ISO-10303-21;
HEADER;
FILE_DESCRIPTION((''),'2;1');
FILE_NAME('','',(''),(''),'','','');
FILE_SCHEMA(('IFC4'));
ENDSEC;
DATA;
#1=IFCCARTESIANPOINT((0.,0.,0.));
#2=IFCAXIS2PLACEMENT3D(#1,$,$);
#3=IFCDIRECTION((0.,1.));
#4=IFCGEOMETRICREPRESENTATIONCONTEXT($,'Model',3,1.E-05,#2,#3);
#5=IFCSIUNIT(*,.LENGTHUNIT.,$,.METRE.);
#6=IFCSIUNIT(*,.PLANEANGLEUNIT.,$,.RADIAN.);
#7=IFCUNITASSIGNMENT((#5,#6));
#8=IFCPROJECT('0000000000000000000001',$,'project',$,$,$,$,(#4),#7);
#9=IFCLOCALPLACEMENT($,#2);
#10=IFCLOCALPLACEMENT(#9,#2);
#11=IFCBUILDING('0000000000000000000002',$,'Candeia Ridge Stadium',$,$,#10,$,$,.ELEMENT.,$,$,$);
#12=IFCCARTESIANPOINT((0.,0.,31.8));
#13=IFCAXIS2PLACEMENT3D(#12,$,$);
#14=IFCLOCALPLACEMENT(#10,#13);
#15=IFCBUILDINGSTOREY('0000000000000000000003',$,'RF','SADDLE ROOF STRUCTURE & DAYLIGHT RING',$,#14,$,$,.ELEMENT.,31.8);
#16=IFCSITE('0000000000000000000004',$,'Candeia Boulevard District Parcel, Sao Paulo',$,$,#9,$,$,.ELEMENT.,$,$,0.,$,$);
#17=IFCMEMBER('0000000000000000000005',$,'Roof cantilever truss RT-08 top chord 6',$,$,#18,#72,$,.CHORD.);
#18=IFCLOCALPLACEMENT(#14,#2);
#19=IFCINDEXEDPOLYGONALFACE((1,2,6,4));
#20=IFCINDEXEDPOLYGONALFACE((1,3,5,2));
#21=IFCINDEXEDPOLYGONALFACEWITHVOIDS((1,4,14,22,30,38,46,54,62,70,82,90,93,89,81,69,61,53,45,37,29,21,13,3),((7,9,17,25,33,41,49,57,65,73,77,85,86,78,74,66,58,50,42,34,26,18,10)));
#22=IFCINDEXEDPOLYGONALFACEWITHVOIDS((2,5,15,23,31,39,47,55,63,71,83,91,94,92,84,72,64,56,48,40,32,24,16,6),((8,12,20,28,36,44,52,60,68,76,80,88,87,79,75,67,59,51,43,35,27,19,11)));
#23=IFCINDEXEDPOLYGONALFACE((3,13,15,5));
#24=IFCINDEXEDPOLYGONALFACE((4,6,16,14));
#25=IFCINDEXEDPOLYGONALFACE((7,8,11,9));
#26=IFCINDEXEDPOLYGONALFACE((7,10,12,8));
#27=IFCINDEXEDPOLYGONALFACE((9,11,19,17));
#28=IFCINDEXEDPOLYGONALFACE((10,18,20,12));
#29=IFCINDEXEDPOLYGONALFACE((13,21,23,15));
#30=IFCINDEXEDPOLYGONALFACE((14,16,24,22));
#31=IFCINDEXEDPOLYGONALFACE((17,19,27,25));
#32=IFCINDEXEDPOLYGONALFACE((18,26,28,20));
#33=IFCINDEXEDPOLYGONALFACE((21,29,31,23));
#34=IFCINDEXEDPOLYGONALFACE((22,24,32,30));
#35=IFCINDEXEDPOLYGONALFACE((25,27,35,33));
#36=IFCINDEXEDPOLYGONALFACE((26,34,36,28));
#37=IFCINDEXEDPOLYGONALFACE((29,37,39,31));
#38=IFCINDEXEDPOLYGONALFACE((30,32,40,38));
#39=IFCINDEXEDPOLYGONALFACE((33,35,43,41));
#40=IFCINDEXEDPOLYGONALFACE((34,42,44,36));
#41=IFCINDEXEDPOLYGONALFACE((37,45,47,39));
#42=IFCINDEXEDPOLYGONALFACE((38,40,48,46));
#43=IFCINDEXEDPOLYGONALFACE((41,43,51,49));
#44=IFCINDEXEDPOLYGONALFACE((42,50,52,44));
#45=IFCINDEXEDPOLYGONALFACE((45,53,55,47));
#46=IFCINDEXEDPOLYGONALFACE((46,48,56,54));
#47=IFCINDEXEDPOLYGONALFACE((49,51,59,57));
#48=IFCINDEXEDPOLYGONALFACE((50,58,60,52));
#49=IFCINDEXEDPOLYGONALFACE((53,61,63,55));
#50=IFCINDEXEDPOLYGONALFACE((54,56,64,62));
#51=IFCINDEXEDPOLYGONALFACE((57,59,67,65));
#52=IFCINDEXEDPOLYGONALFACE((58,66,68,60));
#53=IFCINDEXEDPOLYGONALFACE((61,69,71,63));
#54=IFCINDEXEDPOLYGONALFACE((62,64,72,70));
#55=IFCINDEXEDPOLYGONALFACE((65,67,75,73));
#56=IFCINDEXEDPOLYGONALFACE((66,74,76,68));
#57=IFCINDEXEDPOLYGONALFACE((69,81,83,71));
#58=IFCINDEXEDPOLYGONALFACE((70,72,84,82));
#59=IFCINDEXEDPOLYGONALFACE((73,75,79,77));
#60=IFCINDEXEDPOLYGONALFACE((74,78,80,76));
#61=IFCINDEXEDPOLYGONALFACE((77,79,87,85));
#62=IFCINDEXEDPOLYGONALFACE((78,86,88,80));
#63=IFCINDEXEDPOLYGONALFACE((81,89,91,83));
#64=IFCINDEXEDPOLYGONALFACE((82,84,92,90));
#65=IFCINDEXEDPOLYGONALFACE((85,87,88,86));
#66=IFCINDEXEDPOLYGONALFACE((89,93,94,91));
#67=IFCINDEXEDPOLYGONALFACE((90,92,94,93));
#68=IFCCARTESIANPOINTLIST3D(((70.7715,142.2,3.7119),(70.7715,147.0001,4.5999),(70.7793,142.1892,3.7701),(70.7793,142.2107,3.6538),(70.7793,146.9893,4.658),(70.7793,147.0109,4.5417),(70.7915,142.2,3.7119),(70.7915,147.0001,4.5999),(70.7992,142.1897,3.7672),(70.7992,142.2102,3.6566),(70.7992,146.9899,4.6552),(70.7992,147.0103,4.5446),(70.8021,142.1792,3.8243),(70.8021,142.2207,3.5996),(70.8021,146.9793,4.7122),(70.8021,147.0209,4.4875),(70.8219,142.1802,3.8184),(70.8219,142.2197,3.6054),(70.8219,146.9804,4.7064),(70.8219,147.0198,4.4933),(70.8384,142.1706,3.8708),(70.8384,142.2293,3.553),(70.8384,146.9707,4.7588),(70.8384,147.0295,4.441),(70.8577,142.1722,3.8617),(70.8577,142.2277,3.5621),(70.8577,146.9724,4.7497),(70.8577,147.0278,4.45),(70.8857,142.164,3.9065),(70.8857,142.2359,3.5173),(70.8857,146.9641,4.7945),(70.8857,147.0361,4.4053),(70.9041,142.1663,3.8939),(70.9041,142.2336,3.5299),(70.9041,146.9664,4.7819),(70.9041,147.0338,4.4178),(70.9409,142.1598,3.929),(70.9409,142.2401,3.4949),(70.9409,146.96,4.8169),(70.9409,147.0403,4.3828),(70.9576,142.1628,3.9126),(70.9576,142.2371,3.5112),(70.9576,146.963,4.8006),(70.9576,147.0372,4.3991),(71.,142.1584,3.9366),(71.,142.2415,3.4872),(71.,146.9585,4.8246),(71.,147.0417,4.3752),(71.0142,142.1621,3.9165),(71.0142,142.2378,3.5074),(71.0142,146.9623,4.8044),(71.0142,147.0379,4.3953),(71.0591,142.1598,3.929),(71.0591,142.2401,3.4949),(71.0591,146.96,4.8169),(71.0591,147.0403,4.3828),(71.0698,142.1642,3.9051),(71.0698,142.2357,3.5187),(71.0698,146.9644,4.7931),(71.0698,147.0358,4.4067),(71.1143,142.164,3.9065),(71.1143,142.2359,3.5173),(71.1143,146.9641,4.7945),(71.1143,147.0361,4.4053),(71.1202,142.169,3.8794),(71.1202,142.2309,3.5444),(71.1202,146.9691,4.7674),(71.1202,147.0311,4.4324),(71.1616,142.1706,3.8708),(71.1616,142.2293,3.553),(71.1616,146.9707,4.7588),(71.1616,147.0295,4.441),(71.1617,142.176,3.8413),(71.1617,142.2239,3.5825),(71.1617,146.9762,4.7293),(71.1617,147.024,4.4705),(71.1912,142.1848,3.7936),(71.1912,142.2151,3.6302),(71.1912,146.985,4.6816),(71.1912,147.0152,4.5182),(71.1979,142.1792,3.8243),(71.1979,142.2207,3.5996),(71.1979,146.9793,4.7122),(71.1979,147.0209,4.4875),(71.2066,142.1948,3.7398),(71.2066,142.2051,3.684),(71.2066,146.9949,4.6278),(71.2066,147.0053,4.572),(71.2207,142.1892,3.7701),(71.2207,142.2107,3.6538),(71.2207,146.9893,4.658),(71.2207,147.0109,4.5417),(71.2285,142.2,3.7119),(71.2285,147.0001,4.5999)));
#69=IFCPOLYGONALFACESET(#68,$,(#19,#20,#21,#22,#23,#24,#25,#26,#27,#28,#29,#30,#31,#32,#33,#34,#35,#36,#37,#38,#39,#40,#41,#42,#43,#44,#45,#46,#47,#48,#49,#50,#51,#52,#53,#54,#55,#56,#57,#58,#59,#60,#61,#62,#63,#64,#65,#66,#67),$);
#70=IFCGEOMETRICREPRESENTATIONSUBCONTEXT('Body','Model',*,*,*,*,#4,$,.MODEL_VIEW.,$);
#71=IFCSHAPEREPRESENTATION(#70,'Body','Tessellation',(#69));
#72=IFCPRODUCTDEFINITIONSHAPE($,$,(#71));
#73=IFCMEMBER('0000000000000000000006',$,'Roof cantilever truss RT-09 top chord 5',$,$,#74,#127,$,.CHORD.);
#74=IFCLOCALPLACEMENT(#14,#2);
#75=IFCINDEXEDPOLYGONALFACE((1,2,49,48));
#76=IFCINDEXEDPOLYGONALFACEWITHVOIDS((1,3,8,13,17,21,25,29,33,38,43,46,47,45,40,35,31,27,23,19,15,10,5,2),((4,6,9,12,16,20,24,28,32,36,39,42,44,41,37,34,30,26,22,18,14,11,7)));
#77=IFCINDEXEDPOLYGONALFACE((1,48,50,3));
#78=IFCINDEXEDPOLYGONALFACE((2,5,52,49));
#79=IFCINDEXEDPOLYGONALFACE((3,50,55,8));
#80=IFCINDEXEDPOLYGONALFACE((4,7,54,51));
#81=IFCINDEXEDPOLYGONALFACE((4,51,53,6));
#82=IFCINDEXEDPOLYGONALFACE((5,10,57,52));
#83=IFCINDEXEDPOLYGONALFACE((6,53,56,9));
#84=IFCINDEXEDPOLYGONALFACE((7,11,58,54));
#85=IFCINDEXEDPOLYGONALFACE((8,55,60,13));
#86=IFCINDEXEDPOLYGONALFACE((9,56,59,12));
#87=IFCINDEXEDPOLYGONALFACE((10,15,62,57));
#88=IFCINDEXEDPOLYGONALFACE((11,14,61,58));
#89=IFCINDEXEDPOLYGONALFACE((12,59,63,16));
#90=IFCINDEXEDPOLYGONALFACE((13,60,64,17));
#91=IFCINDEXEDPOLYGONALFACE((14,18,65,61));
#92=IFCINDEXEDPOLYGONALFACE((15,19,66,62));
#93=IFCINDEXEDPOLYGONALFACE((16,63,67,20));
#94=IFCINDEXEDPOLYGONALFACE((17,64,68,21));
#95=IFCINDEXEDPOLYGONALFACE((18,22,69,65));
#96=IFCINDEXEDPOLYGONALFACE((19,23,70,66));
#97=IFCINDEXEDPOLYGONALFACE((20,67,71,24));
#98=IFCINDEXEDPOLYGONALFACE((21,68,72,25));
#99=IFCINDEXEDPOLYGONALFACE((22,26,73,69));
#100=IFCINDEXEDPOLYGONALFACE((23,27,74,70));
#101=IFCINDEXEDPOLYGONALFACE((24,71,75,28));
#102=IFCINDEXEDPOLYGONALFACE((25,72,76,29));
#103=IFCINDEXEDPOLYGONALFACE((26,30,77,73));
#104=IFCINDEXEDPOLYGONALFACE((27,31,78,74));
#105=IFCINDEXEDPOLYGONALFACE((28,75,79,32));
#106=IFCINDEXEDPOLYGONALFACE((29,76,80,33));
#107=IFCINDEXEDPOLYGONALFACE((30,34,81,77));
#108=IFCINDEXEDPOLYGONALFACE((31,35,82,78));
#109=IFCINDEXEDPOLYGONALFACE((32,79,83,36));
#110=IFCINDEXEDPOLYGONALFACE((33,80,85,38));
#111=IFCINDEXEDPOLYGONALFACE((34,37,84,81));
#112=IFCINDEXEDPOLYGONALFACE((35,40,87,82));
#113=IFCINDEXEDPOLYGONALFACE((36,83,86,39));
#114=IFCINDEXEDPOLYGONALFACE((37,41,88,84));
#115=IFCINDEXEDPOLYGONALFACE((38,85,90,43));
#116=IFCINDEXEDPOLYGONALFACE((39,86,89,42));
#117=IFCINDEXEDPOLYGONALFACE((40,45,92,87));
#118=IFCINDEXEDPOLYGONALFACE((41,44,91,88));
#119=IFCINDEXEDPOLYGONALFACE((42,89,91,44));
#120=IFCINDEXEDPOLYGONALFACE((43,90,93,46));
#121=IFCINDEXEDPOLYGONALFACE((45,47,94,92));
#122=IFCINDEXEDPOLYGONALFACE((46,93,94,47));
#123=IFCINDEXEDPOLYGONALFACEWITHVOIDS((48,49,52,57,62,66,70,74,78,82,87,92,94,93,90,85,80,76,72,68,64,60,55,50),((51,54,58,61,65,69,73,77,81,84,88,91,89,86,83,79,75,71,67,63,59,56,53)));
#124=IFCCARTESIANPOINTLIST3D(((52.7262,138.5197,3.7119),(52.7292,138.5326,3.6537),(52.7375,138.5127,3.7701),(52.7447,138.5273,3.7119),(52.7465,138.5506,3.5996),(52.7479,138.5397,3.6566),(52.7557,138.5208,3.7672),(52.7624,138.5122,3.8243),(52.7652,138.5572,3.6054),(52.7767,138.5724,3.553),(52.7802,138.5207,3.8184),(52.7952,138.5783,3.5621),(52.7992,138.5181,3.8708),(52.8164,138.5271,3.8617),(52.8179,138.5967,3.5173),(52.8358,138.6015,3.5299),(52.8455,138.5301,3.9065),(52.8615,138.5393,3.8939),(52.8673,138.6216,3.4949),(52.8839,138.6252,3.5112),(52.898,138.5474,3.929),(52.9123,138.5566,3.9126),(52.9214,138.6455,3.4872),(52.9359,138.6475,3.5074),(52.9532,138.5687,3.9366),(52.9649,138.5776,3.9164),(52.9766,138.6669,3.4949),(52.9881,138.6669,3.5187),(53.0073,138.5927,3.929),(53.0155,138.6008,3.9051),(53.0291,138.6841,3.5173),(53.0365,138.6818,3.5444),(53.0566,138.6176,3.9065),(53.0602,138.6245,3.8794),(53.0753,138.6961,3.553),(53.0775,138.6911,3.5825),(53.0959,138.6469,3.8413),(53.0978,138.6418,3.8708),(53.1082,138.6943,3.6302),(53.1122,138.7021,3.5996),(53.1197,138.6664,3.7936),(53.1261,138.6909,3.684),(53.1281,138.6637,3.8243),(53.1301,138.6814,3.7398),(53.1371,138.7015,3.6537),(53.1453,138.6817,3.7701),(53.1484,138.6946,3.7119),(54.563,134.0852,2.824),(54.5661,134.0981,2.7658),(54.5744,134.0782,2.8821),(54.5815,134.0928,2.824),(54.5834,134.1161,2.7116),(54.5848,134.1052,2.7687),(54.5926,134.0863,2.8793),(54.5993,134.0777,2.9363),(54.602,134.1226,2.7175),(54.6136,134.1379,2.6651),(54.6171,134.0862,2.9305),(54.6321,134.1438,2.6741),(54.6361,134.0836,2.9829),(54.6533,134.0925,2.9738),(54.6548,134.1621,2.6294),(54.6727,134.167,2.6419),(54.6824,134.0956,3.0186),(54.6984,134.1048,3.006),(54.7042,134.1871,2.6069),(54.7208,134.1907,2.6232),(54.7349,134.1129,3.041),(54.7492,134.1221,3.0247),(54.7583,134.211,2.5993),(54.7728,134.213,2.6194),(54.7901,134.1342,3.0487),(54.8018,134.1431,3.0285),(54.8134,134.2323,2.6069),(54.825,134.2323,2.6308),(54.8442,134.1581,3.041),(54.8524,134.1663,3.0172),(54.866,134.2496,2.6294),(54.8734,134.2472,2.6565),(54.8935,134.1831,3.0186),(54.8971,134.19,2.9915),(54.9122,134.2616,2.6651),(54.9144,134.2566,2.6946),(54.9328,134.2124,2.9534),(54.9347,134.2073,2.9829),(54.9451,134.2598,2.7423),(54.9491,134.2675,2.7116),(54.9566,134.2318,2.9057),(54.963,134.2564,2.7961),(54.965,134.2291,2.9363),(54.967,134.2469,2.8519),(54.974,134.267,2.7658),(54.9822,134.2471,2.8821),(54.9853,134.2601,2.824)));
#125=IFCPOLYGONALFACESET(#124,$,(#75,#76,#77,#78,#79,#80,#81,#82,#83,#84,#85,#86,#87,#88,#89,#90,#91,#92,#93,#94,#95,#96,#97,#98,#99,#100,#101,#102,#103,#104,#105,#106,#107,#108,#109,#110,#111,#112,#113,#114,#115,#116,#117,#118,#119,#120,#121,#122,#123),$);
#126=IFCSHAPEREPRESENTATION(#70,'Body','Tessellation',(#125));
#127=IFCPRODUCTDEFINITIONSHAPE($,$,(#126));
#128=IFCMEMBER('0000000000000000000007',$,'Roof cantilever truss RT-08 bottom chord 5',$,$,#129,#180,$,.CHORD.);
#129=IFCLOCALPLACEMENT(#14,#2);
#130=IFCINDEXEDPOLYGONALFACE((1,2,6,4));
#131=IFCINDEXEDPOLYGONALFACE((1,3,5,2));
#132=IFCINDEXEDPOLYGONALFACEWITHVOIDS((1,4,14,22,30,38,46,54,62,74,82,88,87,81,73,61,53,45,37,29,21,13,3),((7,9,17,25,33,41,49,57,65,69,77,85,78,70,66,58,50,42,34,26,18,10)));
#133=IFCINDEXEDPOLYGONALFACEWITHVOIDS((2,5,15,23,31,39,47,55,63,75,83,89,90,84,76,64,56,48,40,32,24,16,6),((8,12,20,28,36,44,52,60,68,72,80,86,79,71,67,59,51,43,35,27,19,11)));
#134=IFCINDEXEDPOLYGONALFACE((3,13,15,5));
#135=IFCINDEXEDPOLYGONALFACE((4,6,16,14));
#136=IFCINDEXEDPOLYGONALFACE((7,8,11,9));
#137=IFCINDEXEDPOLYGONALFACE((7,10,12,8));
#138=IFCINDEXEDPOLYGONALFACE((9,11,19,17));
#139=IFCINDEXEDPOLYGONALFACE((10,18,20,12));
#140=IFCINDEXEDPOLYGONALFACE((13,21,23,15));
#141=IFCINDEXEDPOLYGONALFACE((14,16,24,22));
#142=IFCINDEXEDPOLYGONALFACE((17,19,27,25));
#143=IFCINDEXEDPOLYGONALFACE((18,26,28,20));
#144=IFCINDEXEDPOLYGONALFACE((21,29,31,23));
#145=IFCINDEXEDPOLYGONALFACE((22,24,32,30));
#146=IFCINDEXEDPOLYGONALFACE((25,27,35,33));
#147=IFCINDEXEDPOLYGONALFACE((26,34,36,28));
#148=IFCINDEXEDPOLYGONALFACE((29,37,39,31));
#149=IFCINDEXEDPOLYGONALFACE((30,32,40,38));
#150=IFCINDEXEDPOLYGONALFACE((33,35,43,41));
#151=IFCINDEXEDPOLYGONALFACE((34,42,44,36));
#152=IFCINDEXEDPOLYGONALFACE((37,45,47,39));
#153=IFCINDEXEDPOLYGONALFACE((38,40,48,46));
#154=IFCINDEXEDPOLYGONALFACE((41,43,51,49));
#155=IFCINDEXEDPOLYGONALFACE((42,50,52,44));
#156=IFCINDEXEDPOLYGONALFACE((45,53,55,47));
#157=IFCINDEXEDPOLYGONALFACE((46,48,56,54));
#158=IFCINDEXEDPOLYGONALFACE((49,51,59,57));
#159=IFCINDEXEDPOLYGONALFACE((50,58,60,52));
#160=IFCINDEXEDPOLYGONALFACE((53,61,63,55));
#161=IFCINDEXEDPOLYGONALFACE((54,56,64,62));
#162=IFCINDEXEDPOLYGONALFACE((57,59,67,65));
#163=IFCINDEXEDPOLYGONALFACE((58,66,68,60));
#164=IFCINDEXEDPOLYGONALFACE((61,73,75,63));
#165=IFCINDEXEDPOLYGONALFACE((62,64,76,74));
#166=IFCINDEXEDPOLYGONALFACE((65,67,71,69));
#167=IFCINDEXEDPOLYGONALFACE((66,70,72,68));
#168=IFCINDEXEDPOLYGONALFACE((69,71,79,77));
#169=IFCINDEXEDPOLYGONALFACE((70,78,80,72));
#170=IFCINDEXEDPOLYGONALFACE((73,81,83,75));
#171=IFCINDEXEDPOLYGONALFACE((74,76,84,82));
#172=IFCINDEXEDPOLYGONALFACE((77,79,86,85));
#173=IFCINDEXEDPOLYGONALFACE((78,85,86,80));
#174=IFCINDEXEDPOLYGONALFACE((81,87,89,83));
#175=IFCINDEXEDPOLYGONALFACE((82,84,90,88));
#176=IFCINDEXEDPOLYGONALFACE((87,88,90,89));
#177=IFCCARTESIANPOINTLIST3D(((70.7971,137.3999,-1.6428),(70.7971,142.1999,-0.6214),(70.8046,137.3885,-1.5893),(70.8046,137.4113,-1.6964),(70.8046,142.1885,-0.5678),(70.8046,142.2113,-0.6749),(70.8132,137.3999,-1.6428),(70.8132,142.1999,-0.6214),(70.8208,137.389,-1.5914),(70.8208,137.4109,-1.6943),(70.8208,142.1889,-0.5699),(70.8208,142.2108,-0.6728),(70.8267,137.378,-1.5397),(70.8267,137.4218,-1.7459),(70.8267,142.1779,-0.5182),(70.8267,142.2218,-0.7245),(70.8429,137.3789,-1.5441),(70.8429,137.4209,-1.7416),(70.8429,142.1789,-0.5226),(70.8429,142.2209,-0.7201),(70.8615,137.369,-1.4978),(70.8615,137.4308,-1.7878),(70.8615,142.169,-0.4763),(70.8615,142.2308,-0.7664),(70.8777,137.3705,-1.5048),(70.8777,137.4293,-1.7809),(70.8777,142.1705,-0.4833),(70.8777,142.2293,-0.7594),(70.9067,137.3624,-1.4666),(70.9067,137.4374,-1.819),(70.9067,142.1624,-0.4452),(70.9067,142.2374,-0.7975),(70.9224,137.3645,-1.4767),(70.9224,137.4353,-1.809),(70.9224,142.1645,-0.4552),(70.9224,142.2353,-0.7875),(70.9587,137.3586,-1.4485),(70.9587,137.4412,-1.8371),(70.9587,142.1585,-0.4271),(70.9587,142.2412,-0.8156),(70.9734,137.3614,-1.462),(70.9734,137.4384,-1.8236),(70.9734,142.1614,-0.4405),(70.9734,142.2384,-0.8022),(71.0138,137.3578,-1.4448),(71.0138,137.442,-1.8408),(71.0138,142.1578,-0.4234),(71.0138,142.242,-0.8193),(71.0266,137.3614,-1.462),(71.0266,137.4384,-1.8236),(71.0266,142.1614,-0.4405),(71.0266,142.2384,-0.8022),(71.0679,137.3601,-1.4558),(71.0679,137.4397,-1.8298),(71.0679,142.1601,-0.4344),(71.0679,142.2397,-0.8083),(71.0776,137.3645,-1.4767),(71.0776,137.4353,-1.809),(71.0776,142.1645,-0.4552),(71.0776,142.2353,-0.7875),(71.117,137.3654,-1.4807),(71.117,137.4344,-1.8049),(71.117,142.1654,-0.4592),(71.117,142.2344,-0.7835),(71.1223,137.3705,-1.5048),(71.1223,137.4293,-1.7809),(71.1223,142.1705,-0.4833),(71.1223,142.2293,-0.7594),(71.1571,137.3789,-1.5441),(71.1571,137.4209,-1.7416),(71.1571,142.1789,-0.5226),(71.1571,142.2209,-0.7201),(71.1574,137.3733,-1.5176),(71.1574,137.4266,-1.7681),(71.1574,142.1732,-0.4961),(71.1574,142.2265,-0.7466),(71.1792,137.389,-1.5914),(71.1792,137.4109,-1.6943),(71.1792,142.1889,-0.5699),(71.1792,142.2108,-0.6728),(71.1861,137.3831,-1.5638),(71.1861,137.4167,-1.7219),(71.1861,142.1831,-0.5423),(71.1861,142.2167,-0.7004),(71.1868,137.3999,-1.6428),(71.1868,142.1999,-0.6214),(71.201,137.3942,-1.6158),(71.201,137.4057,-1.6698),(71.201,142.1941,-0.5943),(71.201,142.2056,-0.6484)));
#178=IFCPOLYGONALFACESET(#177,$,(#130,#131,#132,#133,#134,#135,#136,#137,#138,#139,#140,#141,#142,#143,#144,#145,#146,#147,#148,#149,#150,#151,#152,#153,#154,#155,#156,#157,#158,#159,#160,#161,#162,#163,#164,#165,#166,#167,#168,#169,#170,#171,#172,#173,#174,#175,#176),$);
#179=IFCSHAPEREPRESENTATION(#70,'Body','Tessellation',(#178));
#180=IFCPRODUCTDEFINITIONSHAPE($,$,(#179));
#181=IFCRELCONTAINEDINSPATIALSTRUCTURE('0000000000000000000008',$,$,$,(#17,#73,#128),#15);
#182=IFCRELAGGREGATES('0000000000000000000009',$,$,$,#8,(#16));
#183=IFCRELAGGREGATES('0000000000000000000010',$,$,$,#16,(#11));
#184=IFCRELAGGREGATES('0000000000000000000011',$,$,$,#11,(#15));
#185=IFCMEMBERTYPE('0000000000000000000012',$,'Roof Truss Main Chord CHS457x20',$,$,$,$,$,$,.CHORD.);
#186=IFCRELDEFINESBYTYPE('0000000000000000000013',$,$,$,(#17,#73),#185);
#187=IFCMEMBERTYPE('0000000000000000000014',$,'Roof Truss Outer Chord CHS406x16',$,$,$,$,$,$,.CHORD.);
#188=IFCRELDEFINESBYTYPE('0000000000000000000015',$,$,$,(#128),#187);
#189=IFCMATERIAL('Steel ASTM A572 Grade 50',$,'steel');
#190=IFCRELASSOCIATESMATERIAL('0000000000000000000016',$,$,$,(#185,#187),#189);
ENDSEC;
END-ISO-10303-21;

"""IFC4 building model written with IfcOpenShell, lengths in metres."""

from ifc_helpers import new_model, si_unit, direction, frame, origin, origin_2d, place, context, subcontext, project, spatial, hollow_circle, extrude, material, material_profile, profile_set, type_object, element, save


model = new_model("IFC4")

# Units and contexts
model_context = context("Model", 3, precision=1e-05, world=origin(), true_north=direction((0.0, 1.0)))
body_context = subcontext(model_context, "Body", "Model", "MODEL_VIEW")
ifc_project = project(units=[si_unit("LENGTHUNIT", "METRE"), si_unit("PLANEANGLEUNIT", "RADIAN")], contexts=[model_context])

# Site, building, storey
site_placement = place(None, origin())
site = spatial("IfcSite", under=ifc_project, at=site_placement, Name="Candeia Boulevard District Parcel, Sao Paulo", CompositionType="ELEMENT", RefElevation=0.0)
building_placement = place(site_placement, origin())
building = spatial("IfcBuilding", under=site, at=building_placement, Name="Candeia Ridge Stadium", CompositionType="ELEMENT")
storey_placement = place(building_placement, frame((0.0, 0.0, 31.8)))
storey = spatial("IfcBuildingStorey", under=building, at=storey_placement, Name="RF", Description="SADDLE ROOF STRUCTURE & DAYLIGHT RING", CompositionType="ELEMENT", Elevation=31.8)

# Shared definitions
ifc_material_1 = material(Name="Steel ASTM A572 Grade 50", Category="steel")

# Members
ifc_material_profile_1 = material_profile(ifc_material_1, hollow_circle(Radius=0.2285, WallThickness=0.02, at=origin_2d()), Name="CHS457x20", Category="steel")
ifc_profile_set_1 = profile_set([ifc_material_profile_1], Name="Steel ASTM A572 Grade 50")
member_type_1 = type_object("IfcMemberType", Name="Roof Truss Main Chord CHS457x20", PredefinedType="CHORD", material=ifc_profile_set_1)
for number, where, z_axis, x_axis, name in (
    (1, (71.0, 142.2, 3.7119), (0.0, 0.983317, 0.181899), (-1.0, 0.0, 0.0), "Roof cantilever truss RT-08 top chord 6"),
):
    element("IfcMember", number, at=place(storey_placement, frame(where, z_axis=z_axis, x_axis=x_axis)), inside=storey, type_object=member_type_1, Name=name, PredefinedType="CHORD", context=body_context, shape_type="SweptSolid", body=[
        extrude(hollow_circle(Radius=0.2285, WallThickness=0.02, at=origin_2d()), origin(), (0.0, 0.0, 1.0), 4.8816),
    ])
member_1_placement = place(storey_placement, frame((54.7742, 134.1726, 2.824), z_axis=(-0.376309, 0.908462, 0.181902), x_axis=(-0.923875, -0.382693, 0.0)))
element("IfcMember", 2, at=member_1_placement, inside=storey, type_object=member_type_1, Name="Roof cantilever truss RT-09 top chord 5", PredefinedType="CHORD", context=body_context, shape_type="SweptSolid", body=[
    extrude(hollow_circle(Radius=0.2285, WallThickness=0.02, at=origin_2d()), origin(), (0.0, 0.0, 1.0), 4.8813),
])
ifc_material_profile_2 = material_profile(ifc_material_1, hollow_circle(Radius=0.2029, WallThickness=0.0161, at=origin_2d()), Name="CHS406x16", Category="steel")
ifc_profile_set_2 = profile_set([ifc_material_profile_2], Name="Steel ASTM A572 Grade 50")
member_type_2 = type_object("IfcMemberType", Name="Roof Truss Outer Chord CHS406x16", PredefinedType="CHORD", material=ifc_profile_set_2)
for number, where, z_axis, x_axis, name in (
    (3, (71.0, 137.3999, -1.6428), (0.0, 0.978098, 0.208146), (-1.0, 0.0, 0.0), "Roof cantilever truss RT-08 bottom chord 5"),
):
    element("IfcMember", number, at=place(storey_placement, frame(where, z_axis=z_axis, x_axis=x_axis)), inside=storey, type_object=member_type_2, Name=name, PredefinedType="CHORD", context=body_context, shape_type="SweptSolid", body=[
        extrude(hollow_circle(Radius=0.2029, WallThickness=0.0161, at=origin_2d()), origin(), (0.0, 0.0, 1.0), 4.9075),
    ])

save(model, "model.ifc")
